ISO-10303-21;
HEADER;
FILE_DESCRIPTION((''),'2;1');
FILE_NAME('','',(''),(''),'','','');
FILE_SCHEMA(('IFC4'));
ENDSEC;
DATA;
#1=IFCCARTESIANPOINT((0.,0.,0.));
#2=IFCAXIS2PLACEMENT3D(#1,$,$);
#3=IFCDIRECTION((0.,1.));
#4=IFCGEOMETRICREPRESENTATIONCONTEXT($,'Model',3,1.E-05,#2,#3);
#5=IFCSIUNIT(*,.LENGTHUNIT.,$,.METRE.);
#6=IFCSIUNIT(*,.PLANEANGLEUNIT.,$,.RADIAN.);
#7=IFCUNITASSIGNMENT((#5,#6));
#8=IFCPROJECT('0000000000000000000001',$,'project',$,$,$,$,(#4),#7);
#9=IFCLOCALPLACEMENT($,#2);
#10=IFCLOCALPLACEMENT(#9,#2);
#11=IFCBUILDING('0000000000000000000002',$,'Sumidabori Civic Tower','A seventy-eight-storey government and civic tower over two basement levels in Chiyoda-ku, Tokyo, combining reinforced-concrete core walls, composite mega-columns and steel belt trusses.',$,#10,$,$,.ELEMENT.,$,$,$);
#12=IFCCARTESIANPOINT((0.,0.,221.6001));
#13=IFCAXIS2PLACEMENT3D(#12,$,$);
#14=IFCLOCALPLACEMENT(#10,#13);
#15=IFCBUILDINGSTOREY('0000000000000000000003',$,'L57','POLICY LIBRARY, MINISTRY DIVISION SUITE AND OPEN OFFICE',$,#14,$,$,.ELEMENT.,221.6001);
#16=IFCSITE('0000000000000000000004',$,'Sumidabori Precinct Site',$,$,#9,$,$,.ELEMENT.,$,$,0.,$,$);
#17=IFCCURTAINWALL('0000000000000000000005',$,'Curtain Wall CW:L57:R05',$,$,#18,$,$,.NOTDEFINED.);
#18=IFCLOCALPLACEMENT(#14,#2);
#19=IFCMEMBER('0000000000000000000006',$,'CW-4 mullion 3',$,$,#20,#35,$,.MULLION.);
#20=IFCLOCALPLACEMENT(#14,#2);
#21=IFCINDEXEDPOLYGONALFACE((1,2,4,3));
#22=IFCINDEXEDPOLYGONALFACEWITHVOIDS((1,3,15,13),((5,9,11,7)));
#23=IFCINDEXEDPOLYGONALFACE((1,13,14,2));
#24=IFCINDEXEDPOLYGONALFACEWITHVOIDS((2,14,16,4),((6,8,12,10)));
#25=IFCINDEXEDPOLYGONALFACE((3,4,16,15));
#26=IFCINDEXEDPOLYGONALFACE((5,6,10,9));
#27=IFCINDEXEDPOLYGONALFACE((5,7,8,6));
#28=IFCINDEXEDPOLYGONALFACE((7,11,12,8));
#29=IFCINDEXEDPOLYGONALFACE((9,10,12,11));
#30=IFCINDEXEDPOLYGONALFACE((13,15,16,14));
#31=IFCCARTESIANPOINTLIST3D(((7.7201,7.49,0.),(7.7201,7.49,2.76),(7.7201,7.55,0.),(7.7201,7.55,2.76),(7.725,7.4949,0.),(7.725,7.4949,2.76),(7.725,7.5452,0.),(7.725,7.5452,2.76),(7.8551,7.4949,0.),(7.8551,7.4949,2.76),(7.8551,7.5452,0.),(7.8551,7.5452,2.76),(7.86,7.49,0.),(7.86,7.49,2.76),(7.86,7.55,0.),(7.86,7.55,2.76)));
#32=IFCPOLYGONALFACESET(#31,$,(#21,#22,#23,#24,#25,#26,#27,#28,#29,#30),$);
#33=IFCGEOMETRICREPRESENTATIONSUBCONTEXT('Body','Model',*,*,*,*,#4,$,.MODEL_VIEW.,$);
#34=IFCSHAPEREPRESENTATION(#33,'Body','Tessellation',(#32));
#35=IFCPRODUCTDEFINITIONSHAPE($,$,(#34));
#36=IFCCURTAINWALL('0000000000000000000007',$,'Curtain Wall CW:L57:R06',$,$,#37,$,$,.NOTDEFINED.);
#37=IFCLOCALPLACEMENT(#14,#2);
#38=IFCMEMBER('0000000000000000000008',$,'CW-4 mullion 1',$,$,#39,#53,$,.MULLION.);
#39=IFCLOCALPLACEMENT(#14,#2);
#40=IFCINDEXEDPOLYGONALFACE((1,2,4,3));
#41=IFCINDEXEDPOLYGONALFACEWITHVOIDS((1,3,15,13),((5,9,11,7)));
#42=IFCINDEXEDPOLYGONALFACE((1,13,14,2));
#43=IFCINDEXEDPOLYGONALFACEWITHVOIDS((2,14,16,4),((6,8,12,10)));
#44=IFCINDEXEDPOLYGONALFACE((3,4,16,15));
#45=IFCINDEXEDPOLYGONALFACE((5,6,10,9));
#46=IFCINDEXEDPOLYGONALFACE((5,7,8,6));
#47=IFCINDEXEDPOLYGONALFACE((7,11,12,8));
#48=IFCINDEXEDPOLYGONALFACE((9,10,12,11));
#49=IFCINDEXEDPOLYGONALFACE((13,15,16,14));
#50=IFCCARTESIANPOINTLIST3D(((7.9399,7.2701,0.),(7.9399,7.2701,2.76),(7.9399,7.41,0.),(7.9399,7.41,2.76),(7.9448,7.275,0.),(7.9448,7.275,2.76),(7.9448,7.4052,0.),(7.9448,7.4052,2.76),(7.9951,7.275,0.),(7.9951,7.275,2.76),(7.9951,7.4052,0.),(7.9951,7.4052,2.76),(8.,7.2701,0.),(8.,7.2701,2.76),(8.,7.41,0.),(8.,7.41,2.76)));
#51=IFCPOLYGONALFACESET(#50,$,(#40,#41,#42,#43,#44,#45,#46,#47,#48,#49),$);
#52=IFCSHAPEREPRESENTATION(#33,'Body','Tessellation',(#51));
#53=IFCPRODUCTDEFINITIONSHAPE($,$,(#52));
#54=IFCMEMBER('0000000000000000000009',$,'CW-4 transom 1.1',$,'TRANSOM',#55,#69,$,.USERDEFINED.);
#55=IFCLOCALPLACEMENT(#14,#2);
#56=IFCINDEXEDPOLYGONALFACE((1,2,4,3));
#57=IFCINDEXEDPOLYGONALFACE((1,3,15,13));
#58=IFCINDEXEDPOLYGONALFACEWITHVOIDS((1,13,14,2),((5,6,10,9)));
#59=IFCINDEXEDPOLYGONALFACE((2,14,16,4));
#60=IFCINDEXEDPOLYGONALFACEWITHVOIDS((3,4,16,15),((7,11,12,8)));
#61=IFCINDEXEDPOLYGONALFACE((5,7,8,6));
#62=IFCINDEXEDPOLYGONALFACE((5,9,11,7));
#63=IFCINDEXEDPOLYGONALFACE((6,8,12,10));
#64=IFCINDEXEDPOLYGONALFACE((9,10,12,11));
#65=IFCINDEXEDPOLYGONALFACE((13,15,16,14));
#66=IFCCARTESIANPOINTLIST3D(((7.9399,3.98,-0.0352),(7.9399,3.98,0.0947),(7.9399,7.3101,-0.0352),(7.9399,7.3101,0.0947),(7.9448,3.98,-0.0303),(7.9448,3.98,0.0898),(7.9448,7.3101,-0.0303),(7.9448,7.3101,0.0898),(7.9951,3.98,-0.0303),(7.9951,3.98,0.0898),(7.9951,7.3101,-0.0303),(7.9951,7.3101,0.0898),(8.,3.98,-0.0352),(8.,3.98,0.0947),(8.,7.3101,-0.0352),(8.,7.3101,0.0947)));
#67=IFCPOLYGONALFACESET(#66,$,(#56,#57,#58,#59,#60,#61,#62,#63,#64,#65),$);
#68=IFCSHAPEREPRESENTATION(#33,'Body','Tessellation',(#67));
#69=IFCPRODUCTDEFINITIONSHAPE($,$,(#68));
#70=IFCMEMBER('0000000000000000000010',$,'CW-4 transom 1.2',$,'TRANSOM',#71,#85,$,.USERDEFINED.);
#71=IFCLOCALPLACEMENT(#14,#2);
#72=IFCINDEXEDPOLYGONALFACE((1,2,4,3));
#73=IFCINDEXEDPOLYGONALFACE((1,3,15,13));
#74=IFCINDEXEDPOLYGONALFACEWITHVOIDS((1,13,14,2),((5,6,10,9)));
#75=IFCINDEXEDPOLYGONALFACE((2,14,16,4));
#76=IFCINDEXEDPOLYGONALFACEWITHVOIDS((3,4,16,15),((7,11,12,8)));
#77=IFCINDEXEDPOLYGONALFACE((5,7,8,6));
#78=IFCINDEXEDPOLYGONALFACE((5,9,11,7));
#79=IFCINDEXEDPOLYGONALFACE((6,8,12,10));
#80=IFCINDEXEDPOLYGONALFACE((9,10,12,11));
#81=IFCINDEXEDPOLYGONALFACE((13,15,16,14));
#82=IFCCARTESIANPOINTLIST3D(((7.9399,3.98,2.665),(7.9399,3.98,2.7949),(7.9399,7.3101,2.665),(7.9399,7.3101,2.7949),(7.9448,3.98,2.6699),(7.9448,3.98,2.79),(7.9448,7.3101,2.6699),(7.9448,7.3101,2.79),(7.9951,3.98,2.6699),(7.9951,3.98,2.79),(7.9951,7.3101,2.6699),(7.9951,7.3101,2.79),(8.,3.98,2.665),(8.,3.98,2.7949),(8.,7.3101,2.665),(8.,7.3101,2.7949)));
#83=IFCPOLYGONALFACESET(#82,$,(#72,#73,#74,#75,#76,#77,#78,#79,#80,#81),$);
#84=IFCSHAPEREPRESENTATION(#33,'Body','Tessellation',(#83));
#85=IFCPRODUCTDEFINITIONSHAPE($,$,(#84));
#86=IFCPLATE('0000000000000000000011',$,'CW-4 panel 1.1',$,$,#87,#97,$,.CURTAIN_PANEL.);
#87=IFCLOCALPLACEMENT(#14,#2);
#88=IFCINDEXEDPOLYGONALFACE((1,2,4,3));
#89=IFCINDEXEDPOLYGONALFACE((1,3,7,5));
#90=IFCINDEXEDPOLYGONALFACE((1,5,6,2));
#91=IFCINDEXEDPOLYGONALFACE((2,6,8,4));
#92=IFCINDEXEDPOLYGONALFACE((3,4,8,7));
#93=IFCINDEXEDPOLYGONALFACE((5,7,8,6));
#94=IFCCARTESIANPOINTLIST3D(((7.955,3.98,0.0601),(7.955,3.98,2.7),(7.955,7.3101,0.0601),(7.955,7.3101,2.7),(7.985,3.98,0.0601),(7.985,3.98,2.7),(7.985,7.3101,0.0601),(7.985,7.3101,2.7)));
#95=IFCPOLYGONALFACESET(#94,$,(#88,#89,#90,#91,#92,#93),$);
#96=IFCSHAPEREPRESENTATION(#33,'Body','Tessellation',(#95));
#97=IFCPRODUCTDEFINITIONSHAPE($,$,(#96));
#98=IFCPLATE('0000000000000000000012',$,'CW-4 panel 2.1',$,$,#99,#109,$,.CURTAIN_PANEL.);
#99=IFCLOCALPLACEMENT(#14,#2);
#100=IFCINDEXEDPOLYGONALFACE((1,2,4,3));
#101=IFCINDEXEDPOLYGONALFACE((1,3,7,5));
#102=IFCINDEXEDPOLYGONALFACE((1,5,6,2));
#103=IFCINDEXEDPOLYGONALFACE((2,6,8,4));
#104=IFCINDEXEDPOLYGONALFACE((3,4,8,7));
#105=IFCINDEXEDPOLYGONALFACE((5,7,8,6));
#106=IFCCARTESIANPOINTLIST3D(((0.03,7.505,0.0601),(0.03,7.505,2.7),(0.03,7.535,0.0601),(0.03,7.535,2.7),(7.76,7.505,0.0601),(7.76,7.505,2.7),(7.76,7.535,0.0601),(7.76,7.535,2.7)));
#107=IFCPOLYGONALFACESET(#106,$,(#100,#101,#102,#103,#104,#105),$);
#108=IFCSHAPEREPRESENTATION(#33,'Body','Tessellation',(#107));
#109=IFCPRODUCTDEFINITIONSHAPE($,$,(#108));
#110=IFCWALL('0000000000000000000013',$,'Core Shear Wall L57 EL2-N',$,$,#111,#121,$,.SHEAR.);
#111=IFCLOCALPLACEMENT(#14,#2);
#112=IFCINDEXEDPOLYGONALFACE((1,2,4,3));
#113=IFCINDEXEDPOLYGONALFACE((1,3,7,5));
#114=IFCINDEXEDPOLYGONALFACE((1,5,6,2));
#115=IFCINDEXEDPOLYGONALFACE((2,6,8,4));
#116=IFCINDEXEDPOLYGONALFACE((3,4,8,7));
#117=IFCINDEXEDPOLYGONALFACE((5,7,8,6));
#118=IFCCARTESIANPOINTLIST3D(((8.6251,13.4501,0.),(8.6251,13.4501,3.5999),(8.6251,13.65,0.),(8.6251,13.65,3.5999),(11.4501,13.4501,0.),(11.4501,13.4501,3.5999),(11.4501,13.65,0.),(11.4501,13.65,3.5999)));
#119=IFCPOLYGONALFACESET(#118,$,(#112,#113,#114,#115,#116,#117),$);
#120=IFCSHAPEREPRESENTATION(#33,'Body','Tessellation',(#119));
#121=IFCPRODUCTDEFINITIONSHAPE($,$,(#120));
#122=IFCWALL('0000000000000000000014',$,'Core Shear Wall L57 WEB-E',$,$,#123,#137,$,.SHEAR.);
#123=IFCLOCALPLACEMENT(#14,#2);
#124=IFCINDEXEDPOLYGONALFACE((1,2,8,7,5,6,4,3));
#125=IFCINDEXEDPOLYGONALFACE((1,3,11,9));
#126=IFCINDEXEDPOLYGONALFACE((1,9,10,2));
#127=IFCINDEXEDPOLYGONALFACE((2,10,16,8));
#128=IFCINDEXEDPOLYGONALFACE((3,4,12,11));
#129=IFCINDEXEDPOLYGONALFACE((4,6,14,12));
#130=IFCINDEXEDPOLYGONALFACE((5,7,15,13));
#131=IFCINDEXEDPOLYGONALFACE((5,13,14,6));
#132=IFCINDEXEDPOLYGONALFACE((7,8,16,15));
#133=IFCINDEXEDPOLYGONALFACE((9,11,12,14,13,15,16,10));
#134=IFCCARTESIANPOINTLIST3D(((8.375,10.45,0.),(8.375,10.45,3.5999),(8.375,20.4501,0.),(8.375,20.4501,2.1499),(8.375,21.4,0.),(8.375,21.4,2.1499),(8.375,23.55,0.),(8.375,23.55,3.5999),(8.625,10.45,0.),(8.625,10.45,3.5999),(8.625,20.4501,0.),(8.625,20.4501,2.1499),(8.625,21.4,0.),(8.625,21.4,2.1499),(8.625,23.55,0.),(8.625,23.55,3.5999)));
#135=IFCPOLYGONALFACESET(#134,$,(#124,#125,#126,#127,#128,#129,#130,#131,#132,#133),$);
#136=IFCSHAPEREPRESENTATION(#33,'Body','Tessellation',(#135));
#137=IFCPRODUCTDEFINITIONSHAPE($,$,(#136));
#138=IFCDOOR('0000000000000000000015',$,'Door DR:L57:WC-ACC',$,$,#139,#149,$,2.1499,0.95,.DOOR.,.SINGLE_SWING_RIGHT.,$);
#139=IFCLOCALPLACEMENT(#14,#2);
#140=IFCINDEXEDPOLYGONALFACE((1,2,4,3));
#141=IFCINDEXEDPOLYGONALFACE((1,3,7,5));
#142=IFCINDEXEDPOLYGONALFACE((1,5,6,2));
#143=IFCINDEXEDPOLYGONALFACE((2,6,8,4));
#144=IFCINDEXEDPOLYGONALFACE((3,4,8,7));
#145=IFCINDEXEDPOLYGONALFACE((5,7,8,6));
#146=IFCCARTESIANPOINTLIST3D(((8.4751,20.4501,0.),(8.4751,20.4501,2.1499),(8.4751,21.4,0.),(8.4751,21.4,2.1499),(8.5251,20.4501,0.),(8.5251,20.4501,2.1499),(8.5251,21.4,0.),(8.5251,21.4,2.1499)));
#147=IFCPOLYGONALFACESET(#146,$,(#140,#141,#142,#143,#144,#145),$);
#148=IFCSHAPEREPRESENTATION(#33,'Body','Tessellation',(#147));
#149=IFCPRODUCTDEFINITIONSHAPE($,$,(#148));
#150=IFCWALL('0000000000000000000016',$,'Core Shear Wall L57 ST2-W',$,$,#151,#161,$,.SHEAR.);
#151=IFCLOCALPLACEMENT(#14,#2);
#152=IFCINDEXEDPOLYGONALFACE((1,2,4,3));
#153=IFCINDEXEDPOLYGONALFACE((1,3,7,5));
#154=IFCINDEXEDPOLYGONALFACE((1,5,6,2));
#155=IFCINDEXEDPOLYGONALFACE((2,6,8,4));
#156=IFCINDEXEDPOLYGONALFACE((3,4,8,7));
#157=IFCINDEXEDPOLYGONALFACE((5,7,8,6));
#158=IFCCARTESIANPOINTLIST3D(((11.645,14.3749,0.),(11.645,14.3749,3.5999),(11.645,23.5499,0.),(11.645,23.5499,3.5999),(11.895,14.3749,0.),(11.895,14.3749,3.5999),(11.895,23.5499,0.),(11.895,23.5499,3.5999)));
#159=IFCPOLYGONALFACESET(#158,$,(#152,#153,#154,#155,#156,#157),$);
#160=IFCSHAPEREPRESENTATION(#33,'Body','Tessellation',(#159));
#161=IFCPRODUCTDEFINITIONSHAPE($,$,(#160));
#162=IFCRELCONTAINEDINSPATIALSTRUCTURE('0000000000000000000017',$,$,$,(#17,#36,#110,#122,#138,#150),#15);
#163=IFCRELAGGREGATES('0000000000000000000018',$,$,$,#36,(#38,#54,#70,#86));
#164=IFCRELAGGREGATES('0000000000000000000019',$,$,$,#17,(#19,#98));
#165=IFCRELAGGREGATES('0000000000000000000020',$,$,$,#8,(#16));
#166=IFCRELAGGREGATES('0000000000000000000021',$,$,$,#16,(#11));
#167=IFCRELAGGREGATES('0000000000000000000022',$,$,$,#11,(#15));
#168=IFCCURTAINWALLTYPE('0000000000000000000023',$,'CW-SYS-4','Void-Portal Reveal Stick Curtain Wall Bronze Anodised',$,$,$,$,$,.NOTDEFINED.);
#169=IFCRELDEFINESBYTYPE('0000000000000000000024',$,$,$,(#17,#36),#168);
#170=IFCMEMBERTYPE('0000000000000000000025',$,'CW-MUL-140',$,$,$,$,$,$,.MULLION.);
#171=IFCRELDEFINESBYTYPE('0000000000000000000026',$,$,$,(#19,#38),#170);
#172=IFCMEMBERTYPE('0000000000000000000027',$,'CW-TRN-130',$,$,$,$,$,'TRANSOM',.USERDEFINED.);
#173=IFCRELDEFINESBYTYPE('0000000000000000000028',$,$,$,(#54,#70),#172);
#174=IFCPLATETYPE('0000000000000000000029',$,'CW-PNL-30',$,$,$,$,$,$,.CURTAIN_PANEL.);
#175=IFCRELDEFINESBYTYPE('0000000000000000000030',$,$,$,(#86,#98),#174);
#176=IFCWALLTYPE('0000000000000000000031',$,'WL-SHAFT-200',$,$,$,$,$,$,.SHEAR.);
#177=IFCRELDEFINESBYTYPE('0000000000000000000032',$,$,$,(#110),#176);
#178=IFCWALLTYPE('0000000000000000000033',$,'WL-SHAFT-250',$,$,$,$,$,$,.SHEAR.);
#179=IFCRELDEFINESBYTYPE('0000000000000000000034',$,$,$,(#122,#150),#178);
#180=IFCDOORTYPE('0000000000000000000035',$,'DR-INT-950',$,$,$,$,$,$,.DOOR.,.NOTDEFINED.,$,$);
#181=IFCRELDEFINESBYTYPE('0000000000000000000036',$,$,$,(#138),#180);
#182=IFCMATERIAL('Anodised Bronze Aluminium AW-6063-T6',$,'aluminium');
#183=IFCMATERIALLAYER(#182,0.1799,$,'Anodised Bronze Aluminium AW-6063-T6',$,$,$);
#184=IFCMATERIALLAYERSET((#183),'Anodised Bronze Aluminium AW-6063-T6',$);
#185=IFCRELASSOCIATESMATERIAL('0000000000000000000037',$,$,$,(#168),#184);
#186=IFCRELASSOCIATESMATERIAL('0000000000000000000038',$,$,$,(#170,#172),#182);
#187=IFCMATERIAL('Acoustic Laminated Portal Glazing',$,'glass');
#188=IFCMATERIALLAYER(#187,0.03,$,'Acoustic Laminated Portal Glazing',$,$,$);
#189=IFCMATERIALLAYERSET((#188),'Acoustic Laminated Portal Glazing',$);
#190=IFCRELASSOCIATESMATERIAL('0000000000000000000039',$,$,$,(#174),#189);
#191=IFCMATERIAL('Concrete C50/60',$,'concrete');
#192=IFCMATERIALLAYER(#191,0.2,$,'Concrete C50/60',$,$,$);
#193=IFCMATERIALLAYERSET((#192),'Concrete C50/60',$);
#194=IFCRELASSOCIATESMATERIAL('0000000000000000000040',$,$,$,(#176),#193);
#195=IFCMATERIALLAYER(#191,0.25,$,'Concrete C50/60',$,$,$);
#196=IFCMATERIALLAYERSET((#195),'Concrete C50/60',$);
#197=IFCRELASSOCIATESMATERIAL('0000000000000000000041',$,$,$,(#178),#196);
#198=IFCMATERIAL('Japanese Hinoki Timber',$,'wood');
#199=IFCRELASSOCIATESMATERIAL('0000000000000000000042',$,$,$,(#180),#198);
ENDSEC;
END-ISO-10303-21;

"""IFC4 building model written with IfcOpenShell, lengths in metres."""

from ifc_helpers import new_model, si_unit, direction, frame, frame_2d, origin, origin_2d, place, context, subcontext, project, spatial, rectangle, hollow_rectangle, extrude, source, transform, mapped, material, layer, layer_set, material_profile, profile_set, type_object, element, fill, aggregate, save


model = new_model("IFC4")

# Units and contexts
model_context = context("Model", 3, precision=1e-05, world=origin(), true_north=direction((0.0, 1.0)))
body_context = subcontext(model_context, "Body", "Model", "MODEL_VIEW")
ifc_project = project(units=[si_unit("LENGTHUNIT", "METRE"), si_unit("PLANEANGLEUNIT", "RADIAN")], contexts=[model_context])

# Site, building, storey
site_placement = place(None, origin())
site = spatial("IfcSite", under=ifc_project, at=site_placement, Name="Sumidabori Precinct Site", CompositionType="ELEMENT", RefElevation=0.0)
building_placement = place(site_placement, origin())
building = spatial("IfcBuilding", under=site, at=building_placement, Name="Sumidabori Civic Tower", Description="A seventy-eight-storey government and civic tower over two basement levels in Chiyoda-ku, Tokyo, combining reinforced-concrete core walls, composite mega-columns and steel belt trusses.", CompositionType="ELEMENT")
storey_placement = place(building_placement, frame((0.0, 0.0, 221.6001)))
storey = spatial("IfcBuildingStorey", under=building, at=storey_placement, Name="L57", Description="POLICY LIBRARY, MINISTRY DIVISION SUITE AND OPEN OFFICE", CompositionType="ELEMENT", Elevation=221.6001)

# Curtain wall, member
ifc_material_1 = material(Name="Anodised Bronze Aluminium AW-6063-T6", Category="aluminium")
ifc_layer_1 = layer(ifc_material_1, 0.1799, Name="Anodised Bronze Aluminium AW-6063-T6")
ifc_layer_set_1 = layer_set([ifc_layer_1], Name="Anodised Bronze Aluminium AW-6063-T6")
curtain_wall_type = type_object("IfcCurtainWallType", Name="CW-SYS-4", Description="Void-Portal Reveal Stick Curtain Wall Bronze Anodised", PredefinedType="NOTDEFINED", material=ifc_layer_set_1)
curtain_wall_1_placement = place(storey_placement, origin())
curtain_wall_1 = element("IfcCurtainWall", 1, at=curtain_wall_1_placement, inside=storey, type_object=curtain_wall_type, Name="Curtain Wall CW:L57:R05", PredefinedType="NOTDEFINED")
ifc_material_profile_1 = material_profile(ifc_material_1, hollow_rectangle(XDim=0.0601, YDim=0.1399, WallThickness=0.0049, at=origin_2d()), Name="ALU MULLION 140x60")
ifc_profile_set_1 = profile_set([ifc_material_profile_1], Name="Anodised Bronze Aluminium AW-6063-T6")
member_type_1 = type_object("IfcMemberType", Name="CW-MUL-140", PredefinedType="MULLION", material=ifc_profile_set_1)
shared_shape_1 = source(origin(), body_context, "Body", "SweptSolid", [
    extrude(hollow_rectangle(XDim=0.0601, YDim=0.1399, WallThickness=0.0049, at=origin_2d()), origin(), (0.0, 0.0, 1.0), 2.76),
])
member_1_placement = place(storey_placement, frame((7.79, 7.52, 0.0), z_axis=(0.0, 0.0, 1.0), x_axis=(0.0, 1.0, 0.0)))
member_1 = element("IfcMember", 2, at=member_1_placement, type_object=member_type_1, Name="CW-4 mullion 3", PredefinedType="MULLION", context=body_context, shape_type="MappedRepresentation", body=[
    mapped(shared_shape_1, transform((0.0, 0.0, 0.0), x_axis=(1.0, 0.0, 0.0), y_axis=(0.0, 1.0, 0.0), z_axis=(0.0, 0.0, 1.0), scale=1.0)),
])

# Curtain wall, members, plate
curtain_wall_2_placement = place(storey_placement, origin())
curtain_wall_2 = element("IfcCurtainWall", 3, at=curtain_wall_2_placement, inside=storey, type_object=curtain_wall_type, Name="Curtain Wall CW:L57:R06", PredefinedType="NOTDEFINED")
member_2_placement = place(storey_placement, frame((7.97, 7.3401, 0.0), z_axis=(0.0, 0.0, 1.0), x_axis=(1.0, 0.0, 0.0)))
member_2 = element("IfcMember", 4, at=member_2_placement, type_object=member_type_1, Name="CW-4 mullion 1", PredefinedType="MULLION", context=body_context, shape_type="MappedRepresentation", body=[
    mapped(shared_shape_1, transform((0.0, 0.0, 0.0), x_axis=(1.0, 0.0, 0.0), y_axis=(0.0, 1.0, 0.0), z_axis=(0.0, 0.0, 1.0), scale=1.0)),
])
ifc_material_profile_2 = material_profile(ifc_material_1, hollow_rectangle(XDim=0.0601, YDim=0.1299, WallThickness=0.0049, at=origin_2d()), Name="ALU TRANSOM 130x60")
ifc_profile_set_2 = profile_set([ifc_material_profile_2], Name="Anodised Bronze Aluminium AW-6063-T6")
member_type_2 = type_object("IfcMemberType", Name="CW-TRN-130", ElementType="TRANSOM", PredefinedType="USERDEFINED", material=ifc_profile_set_2)
shared_shape_2 = source(origin(), body_context, "Body", "SweptSolid", [
    extrude(hollow_rectangle(XDim=0.0601, YDim=0.1299, WallThickness=0.0049, at=origin_2d()), origin(), (0.0, 0.0, 1.0), 3.3301),
])
member_3_placement = place(storey_placement, frame((7.97, 7.3101, 0.0298), z_axis=(0.0, -1.0, 0.0), x_axis=(1.0, 0.0, 0.0)))
member_3 = element("IfcMember", 5, at=member_3_placement, type_object=member_type_2, Name="CW-4 transom 1.1", ObjectType="TRANSOM", PredefinedType="USERDEFINED", context=body_context, shape_type="MappedRepresentation", body=[
    mapped(shared_shape_2, transform((0.0, 0.0, 0.0), x_axis=(1.0, 0.0, 0.0), y_axis=(0.0, 1.0, 0.0), z_axis=(0.0, 0.0, 1.0), scale=1.0)),
])
member_4_placement = place(storey_placement, frame((7.97, 7.3101, 2.73), z_axis=(0.0, -1.0, 0.0), x_axis=(1.0, 0.0, 0.0)))
member_4 = element("IfcMember", 6, at=member_4_placement, type_object=member_type_2, Name="CW-4 transom 1.2", ObjectType="TRANSOM", PredefinedType="USERDEFINED", context=body_context, shape_type="MappedRepresentation", body=[
    mapped(shared_shape_2, transform((0.0, 0.0, 0.0), x_axis=(1.0, 0.0, 0.0), y_axis=(0.0, 1.0, 0.0), z_axis=(0.0, 0.0, 1.0), scale=1.0)),
])
ifc_material_2 = material(Name="Acoustic Laminated Portal Glazing", Category="glass")
ifc_layer_2 = layer(ifc_material_2, 0.03, Name="Acoustic Laminated Portal Glazing")
ifc_layer_set_2 = layer_set([ifc_layer_2], Name="Acoustic Laminated Portal Glazing")
plate_type = type_object("IfcPlateType", Name="CW-PNL-30", PredefinedType="CURTAIN_PANEL", material=ifc_layer_set_2)
shared_shape_3 = source(origin(), body_context, "Body", "SweptSolid", [
    extrude(rectangle(XDim=3.3301, YDim=0.03, at=origin_2d()), origin(), (0.0, 0.0, 1.0), 2.6399),
])
plate_1_placement = place(storey_placement, frame((7.97, 5.645, 0.0601), z_axis=(0.0, 0.0, 1.0), x_axis=(0.0, -1.0, 0.0)))
plate_1 = element("IfcPlate", 7, at=plate_1_placement, type_object=plate_type, Name="CW-4 panel 1.1", PredefinedType="CURTAIN_PANEL", context=body_context, shape_type="MappedRepresentation", body=[
    mapped(shared_shape_3, transform((0.0, 0.0, 0.0), x_axis=(1.0, 0.0, 0.0), y_axis=(0.0, 1.0, 0.0), z_axis=(0.0, 0.0, 1.0), scale=1.0)),
])
aggregate(curtain_wall_2, [member_2, member_3, member_4, plate_1])

# Plate
shared_shape_4 = source(origin(), body_context, "Body", "SweptSolid", [
    extrude(rectangle(XDim=7.73, YDim=0.03, at=origin_2d()), origin(), (0.0, 0.0, 1.0), 2.6399),
])
plate_2_placement = place(storey_placement, frame((3.895, 7.52, 0.0601), z_axis=(0.0, 0.0, 1.0), x_axis=(1.0, 0.0, 0.0)))
plate_2 = element("IfcPlate", 8, at=plate_2_placement, type_object=plate_type, Name="CW-4 panel 2.1", PredefinedType="CURTAIN_PANEL", context=body_context, shape_type="MappedRepresentation", body=[
    mapped(shared_shape_4, transform((0.0, 0.0, 0.0), x_axis=(1.0, 0.0, 0.0), y_axis=(0.0, 1.0, 0.0), z_axis=(0.0, 0.0, 1.0), scale=1.0)),
])
aggregate(curtain_wall_1, [member_1, plate_2])

# Wall
ifc_material_3 = material(Name="Concrete C50/60", Category="concrete")
ifc_layer_3 = layer(ifc_material_3, 0.2, Name="Concrete C50/60")
ifc_layer_set_3 = layer_set([ifc_layer_3], Name="Concrete C50/60")
wall_type_1 = type_object("IfcWallType", Name="WL-SHAFT-200", PredefinedType="SHEAR", material=ifc_layer_set_3)
shared_shape_5 = source(origin(), body_context, "Body", "SweptSolid", [
    extrude(rectangle(XDim=2.825, YDim=0.2, at=frame_2d((1.4126, 0.0))), origin(), (0.0, 0.0, 1.0), 3.5999),
])
wall_1_placement = place(storey_placement, frame((8.625, 13.55, 0.0), z_axis=(0.0, 0.0, 1.0), x_axis=(1.0, 0.0, 0.0)))
element("IfcWall", 9, at=wall_1_placement, inside=storey, type_object=wall_type_1, Name="Core Shear Wall L57 EL2-N", PredefinedType="SHEAR", context=body_context, shape_type="MappedRepresentation", body=[
    mapped(shared_shape_5, transform((0.0, 0.0, 0.0), x_axis=(1.0, 0.0, 0.0), y_axis=(0.0, 1.0, 0.0), z_axis=(0.0, 0.0, 1.0), scale=1.0)),
])

# Wall, opening, door
ifc_layer_4 = layer(ifc_material_3, 0.25, Name="Concrete C50/60")
ifc_layer_set_4 = layer_set([ifc_layer_4], Name="Concrete C50/60")
wall_type_2 = type_object("IfcWallType", Name="WL-SHAFT-250", PredefinedType="SHEAR", material=ifc_layer_set_4)
shared_shape_6 = source(origin(), body_context, "Body", "SweptSolid", [
    extrude(rectangle(XDim=13.1001, YDim=0.25, at=frame_2d((6.55, 0.0))), origin(), (0.0, 0.0, 1.0), 3.5999),
])
wall_2_placement = place(storey_placement, frame((8.5, 10.45, 0.0), z_axis=(0.0, 0.0, 1.0), x_axis=(0.0, 1.0, 0.0)))
wall_2 = element("IfcWall", 10, at=wall_2_placement, inside=storey, type_object=wall_type_2, Name="Core Shear Wall L57 WEB-E", PredefinedType="SHEAR", context=body_context, shape_type="MappedRepresentation", body=[
    mapped(shared_shape_6, transform((0.0, 0.0, 0.0), x_axis=(1.0, 0.0, 0.0), y_axis=(0.0, 1.0, 0.0), z_axis=(0.0, 0.0, 1.0), scale=1.0)),
])
opening_1_placement = place(wall_2_placement, frame((10.0, 0.0, 0.0)))
opening_1 = element("IfcOpeningElement", 11, at=opening_1_placement, cuts=wall_2, PredefinedType="OPENING", context=body_context, shape_type="SweptSolid", body=[
    extrude(rectangle(XDim=0.95, YDim=2.1499, at=frame_2d((0.4751, 1.075))), frame((0.0, 0.137, 0.0), z_axis=(0.0, -1.0, 0.0), x_axis=(1.0, 0.0, 0.0)), (0.0, 0.0, 1.0), 0.2739),
])
ifc_material_4 = material(Name="Japanese Hinoki Timber", Category="wood")
door_type_1 = type_object("IfcDoorType", Name="DR-INT-950", OperationType="NOTDEFINED", PredefinedType="DOOR", material=ifc_material_4)
shared_shape_7 = source(origin(), body_context, "Body", "SweptSolid", [
    extrude(rectangle(XDim=0.95, YDim=2.1499, at=frame_2d((0.4751, 1.075))), frame((0.0, 0.0249, 0.0), z_axis=(0.0, -1.0, 0.0), x_axis=(1.0, 0.0, 0.0)), (0.0, 0.0, 1.0), 0.05),
])
door_1_placement = place(opening_1_placement, origin())
door_1 = element("IfcDoor", 12, at=door_1_placement, inside=storey, type_object=door_type_1, Name="Door DR:L57:WC-ACC", OperationType="SINGLE_SWING_RIGHT", OverallHeight=2.1499, OverallWidth=0.95, PredefinedType="DOOR", context=body_context, shape_type="MappedRepresentation", body=[
    mapped(shared_shape_7, transform((0.0, 0.0, 0.0), x_axis=(1.0, 0.0, 0.0), y_axis=(0.0, 1.0, 0.0), z_axis=(0.0, 0.0, 1.0), scale=1.0)),
])
fill(opening_1, door_1)

# Wall
shared_shape_8 = source(origin(), body_context, "Body", "SweptSolid", [
    extrude(rectangle(XDim=9.175, YDim=0.25, at=frame_2d((4.5874, 0.0))), origin(), (0.0, 0.0, 1.0), 3.5999),
])
wall_3_placement = place(storey_placement, frame((11.77, 14.375, 0.0), z_axis=(0.0, 0.0, 1.0), x_axis=(0.0, 1.0, 0.0)))
element("IfcWall", 13, at=wall_3_placement, inside=storey, type_object=wall_type_2, Name="Core Shear Wall L57 ST2-W", PredefinedType="SHEAR", context=body_context, shape_type="MappedRepresentation", body=[
    mapped(shared_shape_8, transform((0.0, 0.0, 0.0), x_axis=(1.0, 0.0, 0.0), y_axis=(0.0, 1.0, 0.0), z_axis=(0.0, 0.0, 1.0), scale=1.0)),
])

save(model, "model.ifc")
